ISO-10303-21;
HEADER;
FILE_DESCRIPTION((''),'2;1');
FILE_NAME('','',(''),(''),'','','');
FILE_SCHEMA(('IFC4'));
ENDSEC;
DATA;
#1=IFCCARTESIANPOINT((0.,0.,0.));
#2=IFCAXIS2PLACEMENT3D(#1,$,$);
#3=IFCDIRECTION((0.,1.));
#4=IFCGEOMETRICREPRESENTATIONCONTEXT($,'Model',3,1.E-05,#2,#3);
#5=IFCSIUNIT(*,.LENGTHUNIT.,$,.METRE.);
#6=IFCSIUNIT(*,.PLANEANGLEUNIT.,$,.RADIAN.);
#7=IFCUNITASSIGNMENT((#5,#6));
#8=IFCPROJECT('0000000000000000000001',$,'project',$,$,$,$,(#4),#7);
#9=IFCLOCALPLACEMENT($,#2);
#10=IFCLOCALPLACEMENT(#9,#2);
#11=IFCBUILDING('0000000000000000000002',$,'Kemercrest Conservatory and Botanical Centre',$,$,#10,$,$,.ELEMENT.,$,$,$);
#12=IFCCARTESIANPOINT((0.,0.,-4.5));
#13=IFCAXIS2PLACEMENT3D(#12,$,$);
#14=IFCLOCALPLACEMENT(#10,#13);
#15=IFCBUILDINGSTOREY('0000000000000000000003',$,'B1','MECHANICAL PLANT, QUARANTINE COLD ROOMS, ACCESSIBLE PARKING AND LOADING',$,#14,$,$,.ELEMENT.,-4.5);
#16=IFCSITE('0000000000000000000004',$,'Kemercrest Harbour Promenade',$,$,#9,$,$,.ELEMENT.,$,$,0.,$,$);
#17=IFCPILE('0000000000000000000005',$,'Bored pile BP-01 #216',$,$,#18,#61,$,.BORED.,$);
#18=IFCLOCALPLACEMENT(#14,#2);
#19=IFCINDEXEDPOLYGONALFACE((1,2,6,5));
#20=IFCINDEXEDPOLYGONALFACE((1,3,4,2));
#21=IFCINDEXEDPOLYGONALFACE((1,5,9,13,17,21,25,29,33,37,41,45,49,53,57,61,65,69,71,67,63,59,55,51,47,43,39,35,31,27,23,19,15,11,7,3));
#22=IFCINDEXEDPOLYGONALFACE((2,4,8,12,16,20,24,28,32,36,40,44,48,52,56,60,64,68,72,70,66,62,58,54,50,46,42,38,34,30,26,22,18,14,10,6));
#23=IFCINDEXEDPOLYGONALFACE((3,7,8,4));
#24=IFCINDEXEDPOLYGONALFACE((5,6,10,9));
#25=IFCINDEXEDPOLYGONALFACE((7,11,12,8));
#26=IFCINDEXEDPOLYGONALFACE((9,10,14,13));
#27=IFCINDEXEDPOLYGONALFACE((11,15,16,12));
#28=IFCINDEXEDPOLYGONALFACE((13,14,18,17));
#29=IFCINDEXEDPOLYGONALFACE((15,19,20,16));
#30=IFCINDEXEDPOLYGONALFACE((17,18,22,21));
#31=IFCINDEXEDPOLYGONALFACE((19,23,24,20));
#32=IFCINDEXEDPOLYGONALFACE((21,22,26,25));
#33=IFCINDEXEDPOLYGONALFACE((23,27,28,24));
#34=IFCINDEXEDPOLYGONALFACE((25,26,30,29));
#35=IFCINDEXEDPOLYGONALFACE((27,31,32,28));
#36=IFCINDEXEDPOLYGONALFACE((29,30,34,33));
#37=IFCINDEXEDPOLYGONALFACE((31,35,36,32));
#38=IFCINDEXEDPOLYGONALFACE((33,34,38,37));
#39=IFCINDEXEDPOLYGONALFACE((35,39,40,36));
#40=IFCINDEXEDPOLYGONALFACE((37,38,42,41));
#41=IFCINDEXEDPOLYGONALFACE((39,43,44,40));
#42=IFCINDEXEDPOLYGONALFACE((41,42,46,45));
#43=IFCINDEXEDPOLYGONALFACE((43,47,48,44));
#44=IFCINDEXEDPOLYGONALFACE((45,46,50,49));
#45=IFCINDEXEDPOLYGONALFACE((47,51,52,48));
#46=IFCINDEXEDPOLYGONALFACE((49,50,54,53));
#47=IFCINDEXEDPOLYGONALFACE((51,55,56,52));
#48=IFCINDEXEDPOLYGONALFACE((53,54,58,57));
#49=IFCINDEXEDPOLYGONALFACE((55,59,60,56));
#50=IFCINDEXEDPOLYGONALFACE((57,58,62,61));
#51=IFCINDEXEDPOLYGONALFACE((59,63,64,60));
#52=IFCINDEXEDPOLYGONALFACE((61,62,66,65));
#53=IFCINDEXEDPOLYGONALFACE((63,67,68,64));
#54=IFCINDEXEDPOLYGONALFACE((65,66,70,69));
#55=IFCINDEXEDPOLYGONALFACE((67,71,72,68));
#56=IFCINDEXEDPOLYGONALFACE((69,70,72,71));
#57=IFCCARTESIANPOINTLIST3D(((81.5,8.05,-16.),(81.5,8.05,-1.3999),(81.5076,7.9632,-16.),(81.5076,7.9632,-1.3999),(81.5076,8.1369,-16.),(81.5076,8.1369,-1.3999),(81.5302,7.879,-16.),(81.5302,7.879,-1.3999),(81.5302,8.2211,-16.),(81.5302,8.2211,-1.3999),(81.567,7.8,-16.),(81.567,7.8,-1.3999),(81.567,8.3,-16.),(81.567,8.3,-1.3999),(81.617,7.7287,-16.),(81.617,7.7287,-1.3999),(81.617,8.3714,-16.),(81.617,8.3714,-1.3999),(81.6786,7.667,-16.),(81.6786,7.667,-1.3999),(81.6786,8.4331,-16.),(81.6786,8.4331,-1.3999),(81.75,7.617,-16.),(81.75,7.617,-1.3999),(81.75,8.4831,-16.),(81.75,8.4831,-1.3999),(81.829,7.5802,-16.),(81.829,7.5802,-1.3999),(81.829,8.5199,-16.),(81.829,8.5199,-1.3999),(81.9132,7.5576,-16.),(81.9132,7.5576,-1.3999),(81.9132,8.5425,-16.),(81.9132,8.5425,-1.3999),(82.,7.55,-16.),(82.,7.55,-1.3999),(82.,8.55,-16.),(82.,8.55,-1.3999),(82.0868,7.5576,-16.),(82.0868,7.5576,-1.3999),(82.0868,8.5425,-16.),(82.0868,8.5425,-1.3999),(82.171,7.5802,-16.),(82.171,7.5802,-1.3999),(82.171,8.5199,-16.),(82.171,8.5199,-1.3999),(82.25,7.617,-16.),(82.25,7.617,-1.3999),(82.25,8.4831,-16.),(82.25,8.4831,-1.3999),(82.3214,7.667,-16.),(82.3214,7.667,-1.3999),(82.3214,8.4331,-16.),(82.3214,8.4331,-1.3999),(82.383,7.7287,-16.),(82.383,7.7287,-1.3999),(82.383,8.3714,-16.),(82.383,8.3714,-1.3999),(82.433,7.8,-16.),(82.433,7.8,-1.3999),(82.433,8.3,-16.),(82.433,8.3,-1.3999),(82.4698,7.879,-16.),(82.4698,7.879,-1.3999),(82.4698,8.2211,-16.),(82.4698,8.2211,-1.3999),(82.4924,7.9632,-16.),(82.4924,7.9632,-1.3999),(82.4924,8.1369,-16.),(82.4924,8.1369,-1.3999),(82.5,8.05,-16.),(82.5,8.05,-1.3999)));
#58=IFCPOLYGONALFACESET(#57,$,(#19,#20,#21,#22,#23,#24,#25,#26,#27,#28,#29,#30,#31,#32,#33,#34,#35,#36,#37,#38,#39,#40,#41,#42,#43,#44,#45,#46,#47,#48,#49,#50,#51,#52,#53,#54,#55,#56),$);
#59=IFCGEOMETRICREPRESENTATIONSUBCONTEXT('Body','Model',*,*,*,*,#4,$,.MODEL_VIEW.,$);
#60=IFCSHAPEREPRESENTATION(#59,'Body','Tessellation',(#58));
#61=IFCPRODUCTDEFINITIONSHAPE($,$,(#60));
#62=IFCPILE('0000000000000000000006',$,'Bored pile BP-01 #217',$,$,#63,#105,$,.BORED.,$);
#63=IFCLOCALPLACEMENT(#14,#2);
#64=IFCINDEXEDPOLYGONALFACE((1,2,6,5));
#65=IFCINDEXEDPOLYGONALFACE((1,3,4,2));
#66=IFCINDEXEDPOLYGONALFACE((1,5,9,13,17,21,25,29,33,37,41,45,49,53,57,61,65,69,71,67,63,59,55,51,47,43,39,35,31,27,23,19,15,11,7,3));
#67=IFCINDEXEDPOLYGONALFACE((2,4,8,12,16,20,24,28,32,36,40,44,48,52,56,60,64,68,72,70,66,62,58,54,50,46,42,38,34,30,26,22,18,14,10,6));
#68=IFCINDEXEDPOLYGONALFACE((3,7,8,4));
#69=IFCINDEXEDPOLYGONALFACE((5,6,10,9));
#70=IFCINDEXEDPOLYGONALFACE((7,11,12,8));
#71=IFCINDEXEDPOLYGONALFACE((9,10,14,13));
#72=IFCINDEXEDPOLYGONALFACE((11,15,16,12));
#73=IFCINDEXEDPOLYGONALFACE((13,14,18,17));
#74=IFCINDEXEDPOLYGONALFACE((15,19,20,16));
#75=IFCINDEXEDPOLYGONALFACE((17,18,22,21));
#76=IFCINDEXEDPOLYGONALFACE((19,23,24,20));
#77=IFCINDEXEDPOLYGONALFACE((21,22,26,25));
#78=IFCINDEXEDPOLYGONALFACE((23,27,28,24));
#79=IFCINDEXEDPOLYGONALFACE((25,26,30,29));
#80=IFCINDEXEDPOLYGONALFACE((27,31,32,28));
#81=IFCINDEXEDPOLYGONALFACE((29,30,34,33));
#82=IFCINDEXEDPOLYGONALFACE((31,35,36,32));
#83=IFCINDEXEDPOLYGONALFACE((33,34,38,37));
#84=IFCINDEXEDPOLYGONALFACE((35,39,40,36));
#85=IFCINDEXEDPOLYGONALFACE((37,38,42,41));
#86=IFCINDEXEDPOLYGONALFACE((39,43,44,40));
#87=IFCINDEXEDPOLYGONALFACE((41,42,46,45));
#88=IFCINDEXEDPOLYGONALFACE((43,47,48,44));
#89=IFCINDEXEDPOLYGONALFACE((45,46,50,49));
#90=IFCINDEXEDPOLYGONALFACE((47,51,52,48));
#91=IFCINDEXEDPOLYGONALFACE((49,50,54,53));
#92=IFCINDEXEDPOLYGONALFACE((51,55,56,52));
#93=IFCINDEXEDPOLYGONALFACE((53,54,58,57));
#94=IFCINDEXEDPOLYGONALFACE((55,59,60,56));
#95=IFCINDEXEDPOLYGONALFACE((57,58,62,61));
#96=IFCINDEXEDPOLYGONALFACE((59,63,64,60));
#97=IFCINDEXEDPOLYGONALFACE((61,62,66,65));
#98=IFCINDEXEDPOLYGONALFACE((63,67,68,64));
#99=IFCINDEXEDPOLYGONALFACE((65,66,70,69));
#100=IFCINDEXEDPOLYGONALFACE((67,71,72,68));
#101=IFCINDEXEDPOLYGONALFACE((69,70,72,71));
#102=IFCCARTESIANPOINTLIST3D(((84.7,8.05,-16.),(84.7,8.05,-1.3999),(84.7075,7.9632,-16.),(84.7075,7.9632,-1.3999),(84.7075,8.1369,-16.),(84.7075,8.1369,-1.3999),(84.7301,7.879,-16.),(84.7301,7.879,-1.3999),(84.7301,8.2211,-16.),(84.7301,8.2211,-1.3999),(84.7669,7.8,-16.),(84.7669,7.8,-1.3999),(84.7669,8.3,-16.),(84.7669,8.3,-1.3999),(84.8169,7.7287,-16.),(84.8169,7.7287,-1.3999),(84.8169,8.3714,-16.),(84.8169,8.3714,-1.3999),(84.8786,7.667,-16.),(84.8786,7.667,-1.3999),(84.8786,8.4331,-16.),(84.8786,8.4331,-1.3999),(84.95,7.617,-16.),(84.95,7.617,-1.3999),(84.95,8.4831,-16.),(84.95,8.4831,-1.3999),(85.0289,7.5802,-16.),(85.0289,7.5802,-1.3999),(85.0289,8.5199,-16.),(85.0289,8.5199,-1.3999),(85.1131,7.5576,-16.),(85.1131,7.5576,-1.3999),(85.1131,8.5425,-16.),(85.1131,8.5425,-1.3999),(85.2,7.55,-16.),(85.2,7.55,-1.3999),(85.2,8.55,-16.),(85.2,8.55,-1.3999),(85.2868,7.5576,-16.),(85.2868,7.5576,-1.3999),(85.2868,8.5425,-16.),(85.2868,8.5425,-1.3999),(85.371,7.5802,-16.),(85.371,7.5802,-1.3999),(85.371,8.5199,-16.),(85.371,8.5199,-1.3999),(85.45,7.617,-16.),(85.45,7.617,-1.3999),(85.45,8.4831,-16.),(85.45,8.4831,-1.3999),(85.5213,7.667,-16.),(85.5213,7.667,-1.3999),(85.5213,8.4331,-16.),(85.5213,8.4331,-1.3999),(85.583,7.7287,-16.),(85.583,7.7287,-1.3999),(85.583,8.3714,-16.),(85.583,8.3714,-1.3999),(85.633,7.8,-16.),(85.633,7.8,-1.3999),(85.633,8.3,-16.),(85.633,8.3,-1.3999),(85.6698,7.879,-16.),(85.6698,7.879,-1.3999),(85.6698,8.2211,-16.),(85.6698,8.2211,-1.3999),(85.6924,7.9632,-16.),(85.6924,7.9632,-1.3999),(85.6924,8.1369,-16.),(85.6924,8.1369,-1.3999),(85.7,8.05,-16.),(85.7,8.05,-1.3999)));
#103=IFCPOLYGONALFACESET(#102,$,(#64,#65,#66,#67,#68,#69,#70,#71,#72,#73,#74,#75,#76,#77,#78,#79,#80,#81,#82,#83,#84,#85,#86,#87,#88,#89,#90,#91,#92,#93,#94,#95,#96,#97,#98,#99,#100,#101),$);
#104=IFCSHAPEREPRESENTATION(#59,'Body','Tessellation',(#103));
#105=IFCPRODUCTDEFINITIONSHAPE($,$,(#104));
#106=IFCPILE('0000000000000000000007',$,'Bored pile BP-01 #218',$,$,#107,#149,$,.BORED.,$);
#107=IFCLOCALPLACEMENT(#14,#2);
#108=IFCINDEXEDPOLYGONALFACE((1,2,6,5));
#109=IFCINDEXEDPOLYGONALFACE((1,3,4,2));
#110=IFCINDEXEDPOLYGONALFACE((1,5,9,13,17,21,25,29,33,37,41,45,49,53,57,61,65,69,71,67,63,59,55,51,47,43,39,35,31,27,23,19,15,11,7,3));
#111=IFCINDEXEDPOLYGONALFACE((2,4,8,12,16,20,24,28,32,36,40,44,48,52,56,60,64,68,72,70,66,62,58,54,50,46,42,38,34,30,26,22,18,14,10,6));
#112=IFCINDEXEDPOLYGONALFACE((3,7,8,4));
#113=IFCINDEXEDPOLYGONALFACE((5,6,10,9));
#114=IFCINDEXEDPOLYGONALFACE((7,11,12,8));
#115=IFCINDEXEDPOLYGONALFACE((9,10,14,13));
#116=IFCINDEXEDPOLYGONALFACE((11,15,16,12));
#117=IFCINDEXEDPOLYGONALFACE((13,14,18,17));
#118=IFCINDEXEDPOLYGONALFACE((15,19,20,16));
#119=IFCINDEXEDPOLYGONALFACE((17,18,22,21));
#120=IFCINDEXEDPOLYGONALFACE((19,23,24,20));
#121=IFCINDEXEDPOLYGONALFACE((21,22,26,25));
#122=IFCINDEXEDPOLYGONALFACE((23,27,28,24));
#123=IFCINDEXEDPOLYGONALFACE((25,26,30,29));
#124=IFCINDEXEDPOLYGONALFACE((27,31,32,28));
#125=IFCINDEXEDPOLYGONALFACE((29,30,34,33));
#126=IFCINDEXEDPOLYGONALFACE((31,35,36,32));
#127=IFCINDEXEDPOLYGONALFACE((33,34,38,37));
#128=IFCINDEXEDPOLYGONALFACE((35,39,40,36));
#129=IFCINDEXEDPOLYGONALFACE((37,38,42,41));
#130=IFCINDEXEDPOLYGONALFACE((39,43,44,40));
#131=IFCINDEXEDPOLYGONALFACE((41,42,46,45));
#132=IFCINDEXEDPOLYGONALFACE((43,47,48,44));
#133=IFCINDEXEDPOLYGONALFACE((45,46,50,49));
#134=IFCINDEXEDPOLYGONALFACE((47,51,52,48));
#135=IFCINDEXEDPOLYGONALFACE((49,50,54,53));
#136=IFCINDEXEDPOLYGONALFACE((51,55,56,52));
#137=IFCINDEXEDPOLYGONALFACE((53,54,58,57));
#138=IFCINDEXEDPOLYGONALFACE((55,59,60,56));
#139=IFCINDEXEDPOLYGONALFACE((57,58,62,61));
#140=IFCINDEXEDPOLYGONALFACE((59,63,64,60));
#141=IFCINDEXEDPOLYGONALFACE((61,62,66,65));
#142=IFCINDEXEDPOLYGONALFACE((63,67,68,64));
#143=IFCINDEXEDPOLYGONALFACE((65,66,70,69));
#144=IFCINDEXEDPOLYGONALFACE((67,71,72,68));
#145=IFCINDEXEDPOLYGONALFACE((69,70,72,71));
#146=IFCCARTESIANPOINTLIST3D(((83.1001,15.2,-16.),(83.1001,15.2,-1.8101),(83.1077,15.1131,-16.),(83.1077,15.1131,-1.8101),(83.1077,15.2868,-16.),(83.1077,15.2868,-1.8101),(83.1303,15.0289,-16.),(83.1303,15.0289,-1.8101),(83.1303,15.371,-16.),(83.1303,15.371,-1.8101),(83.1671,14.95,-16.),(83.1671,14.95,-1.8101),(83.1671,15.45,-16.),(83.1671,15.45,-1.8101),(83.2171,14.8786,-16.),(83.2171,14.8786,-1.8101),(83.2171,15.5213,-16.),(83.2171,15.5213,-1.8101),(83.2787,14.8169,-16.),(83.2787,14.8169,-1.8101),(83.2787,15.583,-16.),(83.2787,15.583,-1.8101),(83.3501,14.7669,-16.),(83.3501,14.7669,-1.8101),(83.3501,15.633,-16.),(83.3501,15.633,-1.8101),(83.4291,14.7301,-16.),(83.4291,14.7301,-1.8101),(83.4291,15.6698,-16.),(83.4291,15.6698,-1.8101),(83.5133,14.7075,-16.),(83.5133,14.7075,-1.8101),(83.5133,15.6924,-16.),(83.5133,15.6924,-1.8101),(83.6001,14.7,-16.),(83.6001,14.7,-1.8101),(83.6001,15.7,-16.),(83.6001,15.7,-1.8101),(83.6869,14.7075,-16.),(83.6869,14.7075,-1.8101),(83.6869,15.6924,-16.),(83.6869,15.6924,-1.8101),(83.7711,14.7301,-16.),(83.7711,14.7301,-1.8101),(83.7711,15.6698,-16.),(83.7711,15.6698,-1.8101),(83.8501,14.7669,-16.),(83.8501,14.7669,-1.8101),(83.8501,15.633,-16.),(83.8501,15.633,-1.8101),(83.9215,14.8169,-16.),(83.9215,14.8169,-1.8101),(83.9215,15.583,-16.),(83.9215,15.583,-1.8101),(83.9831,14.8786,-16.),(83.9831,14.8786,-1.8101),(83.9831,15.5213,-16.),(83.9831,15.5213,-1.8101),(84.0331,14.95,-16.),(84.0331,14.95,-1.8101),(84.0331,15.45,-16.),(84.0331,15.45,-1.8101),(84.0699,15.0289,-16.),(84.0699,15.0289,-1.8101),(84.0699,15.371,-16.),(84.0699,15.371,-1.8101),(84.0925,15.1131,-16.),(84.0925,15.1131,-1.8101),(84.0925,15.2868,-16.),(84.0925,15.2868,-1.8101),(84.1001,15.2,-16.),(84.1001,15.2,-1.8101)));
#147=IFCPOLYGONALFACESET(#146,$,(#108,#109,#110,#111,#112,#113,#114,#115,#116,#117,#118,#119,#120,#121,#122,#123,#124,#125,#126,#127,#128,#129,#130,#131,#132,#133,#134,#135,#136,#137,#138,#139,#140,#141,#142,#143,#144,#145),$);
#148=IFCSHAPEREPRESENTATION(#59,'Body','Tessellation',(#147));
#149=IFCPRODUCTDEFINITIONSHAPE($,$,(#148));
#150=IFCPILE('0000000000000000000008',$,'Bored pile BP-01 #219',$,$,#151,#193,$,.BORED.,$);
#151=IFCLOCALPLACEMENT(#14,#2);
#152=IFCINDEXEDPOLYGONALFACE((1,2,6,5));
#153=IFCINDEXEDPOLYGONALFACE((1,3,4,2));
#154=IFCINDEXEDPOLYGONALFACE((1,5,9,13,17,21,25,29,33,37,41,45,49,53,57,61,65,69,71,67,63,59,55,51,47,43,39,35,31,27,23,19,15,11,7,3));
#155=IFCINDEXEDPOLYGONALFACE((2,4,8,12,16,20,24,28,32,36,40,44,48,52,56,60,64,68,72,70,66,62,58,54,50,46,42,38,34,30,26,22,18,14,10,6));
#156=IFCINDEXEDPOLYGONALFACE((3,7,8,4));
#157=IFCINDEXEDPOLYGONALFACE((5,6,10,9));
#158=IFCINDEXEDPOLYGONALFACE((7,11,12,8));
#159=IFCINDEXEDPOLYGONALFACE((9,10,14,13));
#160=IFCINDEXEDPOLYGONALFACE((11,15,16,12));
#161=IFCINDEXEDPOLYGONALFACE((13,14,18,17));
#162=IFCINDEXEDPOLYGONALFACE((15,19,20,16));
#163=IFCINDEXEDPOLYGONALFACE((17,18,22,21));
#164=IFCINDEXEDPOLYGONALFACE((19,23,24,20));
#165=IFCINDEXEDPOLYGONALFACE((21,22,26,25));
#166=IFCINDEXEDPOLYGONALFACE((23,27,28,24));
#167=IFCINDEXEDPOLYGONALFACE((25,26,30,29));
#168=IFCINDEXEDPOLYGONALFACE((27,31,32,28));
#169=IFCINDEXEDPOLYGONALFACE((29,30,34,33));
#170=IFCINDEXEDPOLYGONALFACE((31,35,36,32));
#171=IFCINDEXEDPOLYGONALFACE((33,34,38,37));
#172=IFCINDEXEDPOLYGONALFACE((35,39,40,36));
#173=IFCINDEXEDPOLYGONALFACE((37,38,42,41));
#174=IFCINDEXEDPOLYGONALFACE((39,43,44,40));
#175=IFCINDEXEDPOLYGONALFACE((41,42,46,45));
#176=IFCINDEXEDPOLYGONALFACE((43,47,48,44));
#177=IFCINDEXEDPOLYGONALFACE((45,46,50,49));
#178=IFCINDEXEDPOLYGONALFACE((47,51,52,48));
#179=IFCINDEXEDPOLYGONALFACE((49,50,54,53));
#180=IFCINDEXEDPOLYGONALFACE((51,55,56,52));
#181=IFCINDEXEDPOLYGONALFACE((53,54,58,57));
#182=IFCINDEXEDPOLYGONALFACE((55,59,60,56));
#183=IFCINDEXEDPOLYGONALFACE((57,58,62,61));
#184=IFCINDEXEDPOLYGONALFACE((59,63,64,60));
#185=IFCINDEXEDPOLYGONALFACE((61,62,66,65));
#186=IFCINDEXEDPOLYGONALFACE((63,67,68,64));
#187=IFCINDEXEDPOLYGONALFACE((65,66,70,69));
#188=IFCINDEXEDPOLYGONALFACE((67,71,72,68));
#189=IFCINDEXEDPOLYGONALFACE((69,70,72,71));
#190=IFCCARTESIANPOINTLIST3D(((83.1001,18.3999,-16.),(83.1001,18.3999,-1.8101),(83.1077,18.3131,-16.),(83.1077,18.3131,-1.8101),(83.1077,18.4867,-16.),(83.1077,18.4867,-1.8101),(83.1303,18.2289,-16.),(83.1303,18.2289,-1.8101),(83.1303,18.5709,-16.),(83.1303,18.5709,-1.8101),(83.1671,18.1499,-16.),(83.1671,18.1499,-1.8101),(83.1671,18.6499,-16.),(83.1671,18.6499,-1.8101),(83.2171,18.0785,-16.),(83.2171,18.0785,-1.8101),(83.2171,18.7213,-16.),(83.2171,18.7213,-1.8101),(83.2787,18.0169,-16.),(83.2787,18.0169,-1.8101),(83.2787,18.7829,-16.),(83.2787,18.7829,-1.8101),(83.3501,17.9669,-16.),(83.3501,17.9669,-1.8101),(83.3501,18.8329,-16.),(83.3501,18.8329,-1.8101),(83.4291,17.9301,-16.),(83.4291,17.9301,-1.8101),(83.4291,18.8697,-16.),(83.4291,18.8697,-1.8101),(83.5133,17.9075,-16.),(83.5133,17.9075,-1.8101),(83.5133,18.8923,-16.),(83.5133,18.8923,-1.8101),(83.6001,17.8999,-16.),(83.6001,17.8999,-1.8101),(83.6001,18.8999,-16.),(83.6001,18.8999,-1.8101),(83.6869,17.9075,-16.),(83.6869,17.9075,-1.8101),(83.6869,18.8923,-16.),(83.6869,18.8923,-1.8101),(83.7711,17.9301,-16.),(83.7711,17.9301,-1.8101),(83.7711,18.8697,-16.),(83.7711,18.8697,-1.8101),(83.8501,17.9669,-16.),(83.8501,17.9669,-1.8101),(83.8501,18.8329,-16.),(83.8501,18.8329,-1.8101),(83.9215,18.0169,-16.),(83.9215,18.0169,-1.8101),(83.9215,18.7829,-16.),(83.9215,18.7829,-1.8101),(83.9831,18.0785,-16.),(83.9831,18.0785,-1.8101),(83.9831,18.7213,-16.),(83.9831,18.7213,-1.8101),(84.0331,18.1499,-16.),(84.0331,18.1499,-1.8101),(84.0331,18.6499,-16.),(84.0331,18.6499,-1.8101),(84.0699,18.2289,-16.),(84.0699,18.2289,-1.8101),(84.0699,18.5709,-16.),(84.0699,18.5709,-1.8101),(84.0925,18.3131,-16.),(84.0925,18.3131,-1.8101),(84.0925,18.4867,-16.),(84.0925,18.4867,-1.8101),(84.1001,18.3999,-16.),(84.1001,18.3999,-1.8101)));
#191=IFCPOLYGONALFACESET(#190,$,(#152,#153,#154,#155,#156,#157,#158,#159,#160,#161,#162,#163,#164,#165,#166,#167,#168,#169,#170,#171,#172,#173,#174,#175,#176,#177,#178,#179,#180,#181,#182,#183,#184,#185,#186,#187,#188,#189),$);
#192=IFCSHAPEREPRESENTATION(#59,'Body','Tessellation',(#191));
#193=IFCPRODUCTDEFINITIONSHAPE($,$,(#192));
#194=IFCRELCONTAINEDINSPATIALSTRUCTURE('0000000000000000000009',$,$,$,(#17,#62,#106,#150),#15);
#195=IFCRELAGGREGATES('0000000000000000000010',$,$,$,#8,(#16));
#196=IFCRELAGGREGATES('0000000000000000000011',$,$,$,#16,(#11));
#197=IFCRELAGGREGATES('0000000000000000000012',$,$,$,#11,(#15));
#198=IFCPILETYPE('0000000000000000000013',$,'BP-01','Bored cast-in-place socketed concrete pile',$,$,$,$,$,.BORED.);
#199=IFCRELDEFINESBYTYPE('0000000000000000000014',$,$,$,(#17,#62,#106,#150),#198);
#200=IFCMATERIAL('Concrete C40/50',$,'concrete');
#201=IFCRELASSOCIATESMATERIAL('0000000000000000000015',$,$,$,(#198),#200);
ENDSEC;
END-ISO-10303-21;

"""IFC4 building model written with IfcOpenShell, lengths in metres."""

from ifc_helpers import new_model, si_unit, direction, frame, origin, origin_2d, place, context, subcontext, project, spatial, circle, extrude, material, material_profile, profile_set, type_object, element, save


model = new_model("IFC4")

# Units and contexts
model_context = context("Model", 3, precision=1e-05, world=origin(), true_north=direction((0.0, 1.0)))
body_context = subcontext(model_context, "Body", "Model", "MODEL_VIEW")
ifc_project = project(units=[si_unit("LENGTHUNIT", "METRE"), si_unit("PLANEANGLEUNIT", "RADIAN")], contexts=[model_context])

# Site, building, storey
site_placement = place(None, origin())
site = spatial("IfcSite", under=ifc_project, at=site_placement, Name="Kemercrest Harbour Promenade", CompositionType="ELEMENT", RefElevation=0.0)
building_placement = place(site_placement, origin())
building = spatial("IfcBuilding", under=site, at=building_placement, Name="Kemercrest Conservatory and Botanical Centre", CompositionType="ELEMENT")
storey_placement = place(building_placement, frame((0.0, 0.0, -4.5)))
storey = spatial("IfcBuildingStorey", under=building, at=storey_placement, Name="B1", Description="MECHANICAL PLANT, QUARANTINE COLD ROOMS, ACCESSIBLE PARKING AND LOADING", CompositionType="ELEMENT", Elevation=-4.5)

# Piles
ifc_material_1 = material(Name="Concrete C40/50", Category="concrete")
ifc_material_profile_1 = material_profile(ifc_material_1, circle(Radius=0.5, at=origin_2d()), Name="BORED PILE 1000")
ifc_profile_set_1 = profile_set([ifc_material_profile_1], Name="Concrete C40/50")
pile_type_1 = type_object("IfcPileType", Name="BP-01", Description="Bored cast-in-place socketed concrete pile", PredefinedType="BORED", material=ifc_profile_set_1)
for number, where, z_axis, x_axis, name in (
    (1, (82.0, 8.05, -1.3999), (0.0, 0.0, -1.0), (1.0, 0.0, 0.0), "Bored pile BP-01 #216"),
    (2, (85.2, 8.05, -1.3999), (0.0, 0.0, -1.0), (1.0, 0.0, 0.0), "Bored pile BP-01 #217"),
):
    element("IfcPile", number, at=place(storey_placement, frame(where, z_axis=z_axis, x_axis=x_axis)), inside=storey, type_object=pile_type_1, Name=name, PredefinedType="BORED", context=body_context, shape_type="SweptSolid", body=[
        extrude(circle(Radius=0.5, at=origin_2d()), origin(), (0.0, 0.0, 1.0), 14.6001),
    ])
for number, where, z_axis, x_axis, name in (
    (3, (83.6001, 15.2, -1.8101), (0.0, 0.0, -1.0), (1.0, 0.0, 0.0), "Bored pile BP-01 #218"),
    (4, (83.6001, 18.3999, -1.8101), (0.0, 0.0, -1.0), (1.0, 0.0, 0.0), "Bored pile BP-01 #219"),
):
    element("IfcPile", number, at=place(storey_placement, frame(where, z_axis=z_axis, x_axis=x_axis)), inside=storey, type_object=pile_type_1, Name=name, PredefinedType="BORED", context=body_context, shape_type="SweptSolid", body=[
        extrude(circle(Radius=0.5, at=origin_2d()), origin(), (0.0, 0.0, 1.0), 14.1899),
    ])

save(model, "model.ifc")
